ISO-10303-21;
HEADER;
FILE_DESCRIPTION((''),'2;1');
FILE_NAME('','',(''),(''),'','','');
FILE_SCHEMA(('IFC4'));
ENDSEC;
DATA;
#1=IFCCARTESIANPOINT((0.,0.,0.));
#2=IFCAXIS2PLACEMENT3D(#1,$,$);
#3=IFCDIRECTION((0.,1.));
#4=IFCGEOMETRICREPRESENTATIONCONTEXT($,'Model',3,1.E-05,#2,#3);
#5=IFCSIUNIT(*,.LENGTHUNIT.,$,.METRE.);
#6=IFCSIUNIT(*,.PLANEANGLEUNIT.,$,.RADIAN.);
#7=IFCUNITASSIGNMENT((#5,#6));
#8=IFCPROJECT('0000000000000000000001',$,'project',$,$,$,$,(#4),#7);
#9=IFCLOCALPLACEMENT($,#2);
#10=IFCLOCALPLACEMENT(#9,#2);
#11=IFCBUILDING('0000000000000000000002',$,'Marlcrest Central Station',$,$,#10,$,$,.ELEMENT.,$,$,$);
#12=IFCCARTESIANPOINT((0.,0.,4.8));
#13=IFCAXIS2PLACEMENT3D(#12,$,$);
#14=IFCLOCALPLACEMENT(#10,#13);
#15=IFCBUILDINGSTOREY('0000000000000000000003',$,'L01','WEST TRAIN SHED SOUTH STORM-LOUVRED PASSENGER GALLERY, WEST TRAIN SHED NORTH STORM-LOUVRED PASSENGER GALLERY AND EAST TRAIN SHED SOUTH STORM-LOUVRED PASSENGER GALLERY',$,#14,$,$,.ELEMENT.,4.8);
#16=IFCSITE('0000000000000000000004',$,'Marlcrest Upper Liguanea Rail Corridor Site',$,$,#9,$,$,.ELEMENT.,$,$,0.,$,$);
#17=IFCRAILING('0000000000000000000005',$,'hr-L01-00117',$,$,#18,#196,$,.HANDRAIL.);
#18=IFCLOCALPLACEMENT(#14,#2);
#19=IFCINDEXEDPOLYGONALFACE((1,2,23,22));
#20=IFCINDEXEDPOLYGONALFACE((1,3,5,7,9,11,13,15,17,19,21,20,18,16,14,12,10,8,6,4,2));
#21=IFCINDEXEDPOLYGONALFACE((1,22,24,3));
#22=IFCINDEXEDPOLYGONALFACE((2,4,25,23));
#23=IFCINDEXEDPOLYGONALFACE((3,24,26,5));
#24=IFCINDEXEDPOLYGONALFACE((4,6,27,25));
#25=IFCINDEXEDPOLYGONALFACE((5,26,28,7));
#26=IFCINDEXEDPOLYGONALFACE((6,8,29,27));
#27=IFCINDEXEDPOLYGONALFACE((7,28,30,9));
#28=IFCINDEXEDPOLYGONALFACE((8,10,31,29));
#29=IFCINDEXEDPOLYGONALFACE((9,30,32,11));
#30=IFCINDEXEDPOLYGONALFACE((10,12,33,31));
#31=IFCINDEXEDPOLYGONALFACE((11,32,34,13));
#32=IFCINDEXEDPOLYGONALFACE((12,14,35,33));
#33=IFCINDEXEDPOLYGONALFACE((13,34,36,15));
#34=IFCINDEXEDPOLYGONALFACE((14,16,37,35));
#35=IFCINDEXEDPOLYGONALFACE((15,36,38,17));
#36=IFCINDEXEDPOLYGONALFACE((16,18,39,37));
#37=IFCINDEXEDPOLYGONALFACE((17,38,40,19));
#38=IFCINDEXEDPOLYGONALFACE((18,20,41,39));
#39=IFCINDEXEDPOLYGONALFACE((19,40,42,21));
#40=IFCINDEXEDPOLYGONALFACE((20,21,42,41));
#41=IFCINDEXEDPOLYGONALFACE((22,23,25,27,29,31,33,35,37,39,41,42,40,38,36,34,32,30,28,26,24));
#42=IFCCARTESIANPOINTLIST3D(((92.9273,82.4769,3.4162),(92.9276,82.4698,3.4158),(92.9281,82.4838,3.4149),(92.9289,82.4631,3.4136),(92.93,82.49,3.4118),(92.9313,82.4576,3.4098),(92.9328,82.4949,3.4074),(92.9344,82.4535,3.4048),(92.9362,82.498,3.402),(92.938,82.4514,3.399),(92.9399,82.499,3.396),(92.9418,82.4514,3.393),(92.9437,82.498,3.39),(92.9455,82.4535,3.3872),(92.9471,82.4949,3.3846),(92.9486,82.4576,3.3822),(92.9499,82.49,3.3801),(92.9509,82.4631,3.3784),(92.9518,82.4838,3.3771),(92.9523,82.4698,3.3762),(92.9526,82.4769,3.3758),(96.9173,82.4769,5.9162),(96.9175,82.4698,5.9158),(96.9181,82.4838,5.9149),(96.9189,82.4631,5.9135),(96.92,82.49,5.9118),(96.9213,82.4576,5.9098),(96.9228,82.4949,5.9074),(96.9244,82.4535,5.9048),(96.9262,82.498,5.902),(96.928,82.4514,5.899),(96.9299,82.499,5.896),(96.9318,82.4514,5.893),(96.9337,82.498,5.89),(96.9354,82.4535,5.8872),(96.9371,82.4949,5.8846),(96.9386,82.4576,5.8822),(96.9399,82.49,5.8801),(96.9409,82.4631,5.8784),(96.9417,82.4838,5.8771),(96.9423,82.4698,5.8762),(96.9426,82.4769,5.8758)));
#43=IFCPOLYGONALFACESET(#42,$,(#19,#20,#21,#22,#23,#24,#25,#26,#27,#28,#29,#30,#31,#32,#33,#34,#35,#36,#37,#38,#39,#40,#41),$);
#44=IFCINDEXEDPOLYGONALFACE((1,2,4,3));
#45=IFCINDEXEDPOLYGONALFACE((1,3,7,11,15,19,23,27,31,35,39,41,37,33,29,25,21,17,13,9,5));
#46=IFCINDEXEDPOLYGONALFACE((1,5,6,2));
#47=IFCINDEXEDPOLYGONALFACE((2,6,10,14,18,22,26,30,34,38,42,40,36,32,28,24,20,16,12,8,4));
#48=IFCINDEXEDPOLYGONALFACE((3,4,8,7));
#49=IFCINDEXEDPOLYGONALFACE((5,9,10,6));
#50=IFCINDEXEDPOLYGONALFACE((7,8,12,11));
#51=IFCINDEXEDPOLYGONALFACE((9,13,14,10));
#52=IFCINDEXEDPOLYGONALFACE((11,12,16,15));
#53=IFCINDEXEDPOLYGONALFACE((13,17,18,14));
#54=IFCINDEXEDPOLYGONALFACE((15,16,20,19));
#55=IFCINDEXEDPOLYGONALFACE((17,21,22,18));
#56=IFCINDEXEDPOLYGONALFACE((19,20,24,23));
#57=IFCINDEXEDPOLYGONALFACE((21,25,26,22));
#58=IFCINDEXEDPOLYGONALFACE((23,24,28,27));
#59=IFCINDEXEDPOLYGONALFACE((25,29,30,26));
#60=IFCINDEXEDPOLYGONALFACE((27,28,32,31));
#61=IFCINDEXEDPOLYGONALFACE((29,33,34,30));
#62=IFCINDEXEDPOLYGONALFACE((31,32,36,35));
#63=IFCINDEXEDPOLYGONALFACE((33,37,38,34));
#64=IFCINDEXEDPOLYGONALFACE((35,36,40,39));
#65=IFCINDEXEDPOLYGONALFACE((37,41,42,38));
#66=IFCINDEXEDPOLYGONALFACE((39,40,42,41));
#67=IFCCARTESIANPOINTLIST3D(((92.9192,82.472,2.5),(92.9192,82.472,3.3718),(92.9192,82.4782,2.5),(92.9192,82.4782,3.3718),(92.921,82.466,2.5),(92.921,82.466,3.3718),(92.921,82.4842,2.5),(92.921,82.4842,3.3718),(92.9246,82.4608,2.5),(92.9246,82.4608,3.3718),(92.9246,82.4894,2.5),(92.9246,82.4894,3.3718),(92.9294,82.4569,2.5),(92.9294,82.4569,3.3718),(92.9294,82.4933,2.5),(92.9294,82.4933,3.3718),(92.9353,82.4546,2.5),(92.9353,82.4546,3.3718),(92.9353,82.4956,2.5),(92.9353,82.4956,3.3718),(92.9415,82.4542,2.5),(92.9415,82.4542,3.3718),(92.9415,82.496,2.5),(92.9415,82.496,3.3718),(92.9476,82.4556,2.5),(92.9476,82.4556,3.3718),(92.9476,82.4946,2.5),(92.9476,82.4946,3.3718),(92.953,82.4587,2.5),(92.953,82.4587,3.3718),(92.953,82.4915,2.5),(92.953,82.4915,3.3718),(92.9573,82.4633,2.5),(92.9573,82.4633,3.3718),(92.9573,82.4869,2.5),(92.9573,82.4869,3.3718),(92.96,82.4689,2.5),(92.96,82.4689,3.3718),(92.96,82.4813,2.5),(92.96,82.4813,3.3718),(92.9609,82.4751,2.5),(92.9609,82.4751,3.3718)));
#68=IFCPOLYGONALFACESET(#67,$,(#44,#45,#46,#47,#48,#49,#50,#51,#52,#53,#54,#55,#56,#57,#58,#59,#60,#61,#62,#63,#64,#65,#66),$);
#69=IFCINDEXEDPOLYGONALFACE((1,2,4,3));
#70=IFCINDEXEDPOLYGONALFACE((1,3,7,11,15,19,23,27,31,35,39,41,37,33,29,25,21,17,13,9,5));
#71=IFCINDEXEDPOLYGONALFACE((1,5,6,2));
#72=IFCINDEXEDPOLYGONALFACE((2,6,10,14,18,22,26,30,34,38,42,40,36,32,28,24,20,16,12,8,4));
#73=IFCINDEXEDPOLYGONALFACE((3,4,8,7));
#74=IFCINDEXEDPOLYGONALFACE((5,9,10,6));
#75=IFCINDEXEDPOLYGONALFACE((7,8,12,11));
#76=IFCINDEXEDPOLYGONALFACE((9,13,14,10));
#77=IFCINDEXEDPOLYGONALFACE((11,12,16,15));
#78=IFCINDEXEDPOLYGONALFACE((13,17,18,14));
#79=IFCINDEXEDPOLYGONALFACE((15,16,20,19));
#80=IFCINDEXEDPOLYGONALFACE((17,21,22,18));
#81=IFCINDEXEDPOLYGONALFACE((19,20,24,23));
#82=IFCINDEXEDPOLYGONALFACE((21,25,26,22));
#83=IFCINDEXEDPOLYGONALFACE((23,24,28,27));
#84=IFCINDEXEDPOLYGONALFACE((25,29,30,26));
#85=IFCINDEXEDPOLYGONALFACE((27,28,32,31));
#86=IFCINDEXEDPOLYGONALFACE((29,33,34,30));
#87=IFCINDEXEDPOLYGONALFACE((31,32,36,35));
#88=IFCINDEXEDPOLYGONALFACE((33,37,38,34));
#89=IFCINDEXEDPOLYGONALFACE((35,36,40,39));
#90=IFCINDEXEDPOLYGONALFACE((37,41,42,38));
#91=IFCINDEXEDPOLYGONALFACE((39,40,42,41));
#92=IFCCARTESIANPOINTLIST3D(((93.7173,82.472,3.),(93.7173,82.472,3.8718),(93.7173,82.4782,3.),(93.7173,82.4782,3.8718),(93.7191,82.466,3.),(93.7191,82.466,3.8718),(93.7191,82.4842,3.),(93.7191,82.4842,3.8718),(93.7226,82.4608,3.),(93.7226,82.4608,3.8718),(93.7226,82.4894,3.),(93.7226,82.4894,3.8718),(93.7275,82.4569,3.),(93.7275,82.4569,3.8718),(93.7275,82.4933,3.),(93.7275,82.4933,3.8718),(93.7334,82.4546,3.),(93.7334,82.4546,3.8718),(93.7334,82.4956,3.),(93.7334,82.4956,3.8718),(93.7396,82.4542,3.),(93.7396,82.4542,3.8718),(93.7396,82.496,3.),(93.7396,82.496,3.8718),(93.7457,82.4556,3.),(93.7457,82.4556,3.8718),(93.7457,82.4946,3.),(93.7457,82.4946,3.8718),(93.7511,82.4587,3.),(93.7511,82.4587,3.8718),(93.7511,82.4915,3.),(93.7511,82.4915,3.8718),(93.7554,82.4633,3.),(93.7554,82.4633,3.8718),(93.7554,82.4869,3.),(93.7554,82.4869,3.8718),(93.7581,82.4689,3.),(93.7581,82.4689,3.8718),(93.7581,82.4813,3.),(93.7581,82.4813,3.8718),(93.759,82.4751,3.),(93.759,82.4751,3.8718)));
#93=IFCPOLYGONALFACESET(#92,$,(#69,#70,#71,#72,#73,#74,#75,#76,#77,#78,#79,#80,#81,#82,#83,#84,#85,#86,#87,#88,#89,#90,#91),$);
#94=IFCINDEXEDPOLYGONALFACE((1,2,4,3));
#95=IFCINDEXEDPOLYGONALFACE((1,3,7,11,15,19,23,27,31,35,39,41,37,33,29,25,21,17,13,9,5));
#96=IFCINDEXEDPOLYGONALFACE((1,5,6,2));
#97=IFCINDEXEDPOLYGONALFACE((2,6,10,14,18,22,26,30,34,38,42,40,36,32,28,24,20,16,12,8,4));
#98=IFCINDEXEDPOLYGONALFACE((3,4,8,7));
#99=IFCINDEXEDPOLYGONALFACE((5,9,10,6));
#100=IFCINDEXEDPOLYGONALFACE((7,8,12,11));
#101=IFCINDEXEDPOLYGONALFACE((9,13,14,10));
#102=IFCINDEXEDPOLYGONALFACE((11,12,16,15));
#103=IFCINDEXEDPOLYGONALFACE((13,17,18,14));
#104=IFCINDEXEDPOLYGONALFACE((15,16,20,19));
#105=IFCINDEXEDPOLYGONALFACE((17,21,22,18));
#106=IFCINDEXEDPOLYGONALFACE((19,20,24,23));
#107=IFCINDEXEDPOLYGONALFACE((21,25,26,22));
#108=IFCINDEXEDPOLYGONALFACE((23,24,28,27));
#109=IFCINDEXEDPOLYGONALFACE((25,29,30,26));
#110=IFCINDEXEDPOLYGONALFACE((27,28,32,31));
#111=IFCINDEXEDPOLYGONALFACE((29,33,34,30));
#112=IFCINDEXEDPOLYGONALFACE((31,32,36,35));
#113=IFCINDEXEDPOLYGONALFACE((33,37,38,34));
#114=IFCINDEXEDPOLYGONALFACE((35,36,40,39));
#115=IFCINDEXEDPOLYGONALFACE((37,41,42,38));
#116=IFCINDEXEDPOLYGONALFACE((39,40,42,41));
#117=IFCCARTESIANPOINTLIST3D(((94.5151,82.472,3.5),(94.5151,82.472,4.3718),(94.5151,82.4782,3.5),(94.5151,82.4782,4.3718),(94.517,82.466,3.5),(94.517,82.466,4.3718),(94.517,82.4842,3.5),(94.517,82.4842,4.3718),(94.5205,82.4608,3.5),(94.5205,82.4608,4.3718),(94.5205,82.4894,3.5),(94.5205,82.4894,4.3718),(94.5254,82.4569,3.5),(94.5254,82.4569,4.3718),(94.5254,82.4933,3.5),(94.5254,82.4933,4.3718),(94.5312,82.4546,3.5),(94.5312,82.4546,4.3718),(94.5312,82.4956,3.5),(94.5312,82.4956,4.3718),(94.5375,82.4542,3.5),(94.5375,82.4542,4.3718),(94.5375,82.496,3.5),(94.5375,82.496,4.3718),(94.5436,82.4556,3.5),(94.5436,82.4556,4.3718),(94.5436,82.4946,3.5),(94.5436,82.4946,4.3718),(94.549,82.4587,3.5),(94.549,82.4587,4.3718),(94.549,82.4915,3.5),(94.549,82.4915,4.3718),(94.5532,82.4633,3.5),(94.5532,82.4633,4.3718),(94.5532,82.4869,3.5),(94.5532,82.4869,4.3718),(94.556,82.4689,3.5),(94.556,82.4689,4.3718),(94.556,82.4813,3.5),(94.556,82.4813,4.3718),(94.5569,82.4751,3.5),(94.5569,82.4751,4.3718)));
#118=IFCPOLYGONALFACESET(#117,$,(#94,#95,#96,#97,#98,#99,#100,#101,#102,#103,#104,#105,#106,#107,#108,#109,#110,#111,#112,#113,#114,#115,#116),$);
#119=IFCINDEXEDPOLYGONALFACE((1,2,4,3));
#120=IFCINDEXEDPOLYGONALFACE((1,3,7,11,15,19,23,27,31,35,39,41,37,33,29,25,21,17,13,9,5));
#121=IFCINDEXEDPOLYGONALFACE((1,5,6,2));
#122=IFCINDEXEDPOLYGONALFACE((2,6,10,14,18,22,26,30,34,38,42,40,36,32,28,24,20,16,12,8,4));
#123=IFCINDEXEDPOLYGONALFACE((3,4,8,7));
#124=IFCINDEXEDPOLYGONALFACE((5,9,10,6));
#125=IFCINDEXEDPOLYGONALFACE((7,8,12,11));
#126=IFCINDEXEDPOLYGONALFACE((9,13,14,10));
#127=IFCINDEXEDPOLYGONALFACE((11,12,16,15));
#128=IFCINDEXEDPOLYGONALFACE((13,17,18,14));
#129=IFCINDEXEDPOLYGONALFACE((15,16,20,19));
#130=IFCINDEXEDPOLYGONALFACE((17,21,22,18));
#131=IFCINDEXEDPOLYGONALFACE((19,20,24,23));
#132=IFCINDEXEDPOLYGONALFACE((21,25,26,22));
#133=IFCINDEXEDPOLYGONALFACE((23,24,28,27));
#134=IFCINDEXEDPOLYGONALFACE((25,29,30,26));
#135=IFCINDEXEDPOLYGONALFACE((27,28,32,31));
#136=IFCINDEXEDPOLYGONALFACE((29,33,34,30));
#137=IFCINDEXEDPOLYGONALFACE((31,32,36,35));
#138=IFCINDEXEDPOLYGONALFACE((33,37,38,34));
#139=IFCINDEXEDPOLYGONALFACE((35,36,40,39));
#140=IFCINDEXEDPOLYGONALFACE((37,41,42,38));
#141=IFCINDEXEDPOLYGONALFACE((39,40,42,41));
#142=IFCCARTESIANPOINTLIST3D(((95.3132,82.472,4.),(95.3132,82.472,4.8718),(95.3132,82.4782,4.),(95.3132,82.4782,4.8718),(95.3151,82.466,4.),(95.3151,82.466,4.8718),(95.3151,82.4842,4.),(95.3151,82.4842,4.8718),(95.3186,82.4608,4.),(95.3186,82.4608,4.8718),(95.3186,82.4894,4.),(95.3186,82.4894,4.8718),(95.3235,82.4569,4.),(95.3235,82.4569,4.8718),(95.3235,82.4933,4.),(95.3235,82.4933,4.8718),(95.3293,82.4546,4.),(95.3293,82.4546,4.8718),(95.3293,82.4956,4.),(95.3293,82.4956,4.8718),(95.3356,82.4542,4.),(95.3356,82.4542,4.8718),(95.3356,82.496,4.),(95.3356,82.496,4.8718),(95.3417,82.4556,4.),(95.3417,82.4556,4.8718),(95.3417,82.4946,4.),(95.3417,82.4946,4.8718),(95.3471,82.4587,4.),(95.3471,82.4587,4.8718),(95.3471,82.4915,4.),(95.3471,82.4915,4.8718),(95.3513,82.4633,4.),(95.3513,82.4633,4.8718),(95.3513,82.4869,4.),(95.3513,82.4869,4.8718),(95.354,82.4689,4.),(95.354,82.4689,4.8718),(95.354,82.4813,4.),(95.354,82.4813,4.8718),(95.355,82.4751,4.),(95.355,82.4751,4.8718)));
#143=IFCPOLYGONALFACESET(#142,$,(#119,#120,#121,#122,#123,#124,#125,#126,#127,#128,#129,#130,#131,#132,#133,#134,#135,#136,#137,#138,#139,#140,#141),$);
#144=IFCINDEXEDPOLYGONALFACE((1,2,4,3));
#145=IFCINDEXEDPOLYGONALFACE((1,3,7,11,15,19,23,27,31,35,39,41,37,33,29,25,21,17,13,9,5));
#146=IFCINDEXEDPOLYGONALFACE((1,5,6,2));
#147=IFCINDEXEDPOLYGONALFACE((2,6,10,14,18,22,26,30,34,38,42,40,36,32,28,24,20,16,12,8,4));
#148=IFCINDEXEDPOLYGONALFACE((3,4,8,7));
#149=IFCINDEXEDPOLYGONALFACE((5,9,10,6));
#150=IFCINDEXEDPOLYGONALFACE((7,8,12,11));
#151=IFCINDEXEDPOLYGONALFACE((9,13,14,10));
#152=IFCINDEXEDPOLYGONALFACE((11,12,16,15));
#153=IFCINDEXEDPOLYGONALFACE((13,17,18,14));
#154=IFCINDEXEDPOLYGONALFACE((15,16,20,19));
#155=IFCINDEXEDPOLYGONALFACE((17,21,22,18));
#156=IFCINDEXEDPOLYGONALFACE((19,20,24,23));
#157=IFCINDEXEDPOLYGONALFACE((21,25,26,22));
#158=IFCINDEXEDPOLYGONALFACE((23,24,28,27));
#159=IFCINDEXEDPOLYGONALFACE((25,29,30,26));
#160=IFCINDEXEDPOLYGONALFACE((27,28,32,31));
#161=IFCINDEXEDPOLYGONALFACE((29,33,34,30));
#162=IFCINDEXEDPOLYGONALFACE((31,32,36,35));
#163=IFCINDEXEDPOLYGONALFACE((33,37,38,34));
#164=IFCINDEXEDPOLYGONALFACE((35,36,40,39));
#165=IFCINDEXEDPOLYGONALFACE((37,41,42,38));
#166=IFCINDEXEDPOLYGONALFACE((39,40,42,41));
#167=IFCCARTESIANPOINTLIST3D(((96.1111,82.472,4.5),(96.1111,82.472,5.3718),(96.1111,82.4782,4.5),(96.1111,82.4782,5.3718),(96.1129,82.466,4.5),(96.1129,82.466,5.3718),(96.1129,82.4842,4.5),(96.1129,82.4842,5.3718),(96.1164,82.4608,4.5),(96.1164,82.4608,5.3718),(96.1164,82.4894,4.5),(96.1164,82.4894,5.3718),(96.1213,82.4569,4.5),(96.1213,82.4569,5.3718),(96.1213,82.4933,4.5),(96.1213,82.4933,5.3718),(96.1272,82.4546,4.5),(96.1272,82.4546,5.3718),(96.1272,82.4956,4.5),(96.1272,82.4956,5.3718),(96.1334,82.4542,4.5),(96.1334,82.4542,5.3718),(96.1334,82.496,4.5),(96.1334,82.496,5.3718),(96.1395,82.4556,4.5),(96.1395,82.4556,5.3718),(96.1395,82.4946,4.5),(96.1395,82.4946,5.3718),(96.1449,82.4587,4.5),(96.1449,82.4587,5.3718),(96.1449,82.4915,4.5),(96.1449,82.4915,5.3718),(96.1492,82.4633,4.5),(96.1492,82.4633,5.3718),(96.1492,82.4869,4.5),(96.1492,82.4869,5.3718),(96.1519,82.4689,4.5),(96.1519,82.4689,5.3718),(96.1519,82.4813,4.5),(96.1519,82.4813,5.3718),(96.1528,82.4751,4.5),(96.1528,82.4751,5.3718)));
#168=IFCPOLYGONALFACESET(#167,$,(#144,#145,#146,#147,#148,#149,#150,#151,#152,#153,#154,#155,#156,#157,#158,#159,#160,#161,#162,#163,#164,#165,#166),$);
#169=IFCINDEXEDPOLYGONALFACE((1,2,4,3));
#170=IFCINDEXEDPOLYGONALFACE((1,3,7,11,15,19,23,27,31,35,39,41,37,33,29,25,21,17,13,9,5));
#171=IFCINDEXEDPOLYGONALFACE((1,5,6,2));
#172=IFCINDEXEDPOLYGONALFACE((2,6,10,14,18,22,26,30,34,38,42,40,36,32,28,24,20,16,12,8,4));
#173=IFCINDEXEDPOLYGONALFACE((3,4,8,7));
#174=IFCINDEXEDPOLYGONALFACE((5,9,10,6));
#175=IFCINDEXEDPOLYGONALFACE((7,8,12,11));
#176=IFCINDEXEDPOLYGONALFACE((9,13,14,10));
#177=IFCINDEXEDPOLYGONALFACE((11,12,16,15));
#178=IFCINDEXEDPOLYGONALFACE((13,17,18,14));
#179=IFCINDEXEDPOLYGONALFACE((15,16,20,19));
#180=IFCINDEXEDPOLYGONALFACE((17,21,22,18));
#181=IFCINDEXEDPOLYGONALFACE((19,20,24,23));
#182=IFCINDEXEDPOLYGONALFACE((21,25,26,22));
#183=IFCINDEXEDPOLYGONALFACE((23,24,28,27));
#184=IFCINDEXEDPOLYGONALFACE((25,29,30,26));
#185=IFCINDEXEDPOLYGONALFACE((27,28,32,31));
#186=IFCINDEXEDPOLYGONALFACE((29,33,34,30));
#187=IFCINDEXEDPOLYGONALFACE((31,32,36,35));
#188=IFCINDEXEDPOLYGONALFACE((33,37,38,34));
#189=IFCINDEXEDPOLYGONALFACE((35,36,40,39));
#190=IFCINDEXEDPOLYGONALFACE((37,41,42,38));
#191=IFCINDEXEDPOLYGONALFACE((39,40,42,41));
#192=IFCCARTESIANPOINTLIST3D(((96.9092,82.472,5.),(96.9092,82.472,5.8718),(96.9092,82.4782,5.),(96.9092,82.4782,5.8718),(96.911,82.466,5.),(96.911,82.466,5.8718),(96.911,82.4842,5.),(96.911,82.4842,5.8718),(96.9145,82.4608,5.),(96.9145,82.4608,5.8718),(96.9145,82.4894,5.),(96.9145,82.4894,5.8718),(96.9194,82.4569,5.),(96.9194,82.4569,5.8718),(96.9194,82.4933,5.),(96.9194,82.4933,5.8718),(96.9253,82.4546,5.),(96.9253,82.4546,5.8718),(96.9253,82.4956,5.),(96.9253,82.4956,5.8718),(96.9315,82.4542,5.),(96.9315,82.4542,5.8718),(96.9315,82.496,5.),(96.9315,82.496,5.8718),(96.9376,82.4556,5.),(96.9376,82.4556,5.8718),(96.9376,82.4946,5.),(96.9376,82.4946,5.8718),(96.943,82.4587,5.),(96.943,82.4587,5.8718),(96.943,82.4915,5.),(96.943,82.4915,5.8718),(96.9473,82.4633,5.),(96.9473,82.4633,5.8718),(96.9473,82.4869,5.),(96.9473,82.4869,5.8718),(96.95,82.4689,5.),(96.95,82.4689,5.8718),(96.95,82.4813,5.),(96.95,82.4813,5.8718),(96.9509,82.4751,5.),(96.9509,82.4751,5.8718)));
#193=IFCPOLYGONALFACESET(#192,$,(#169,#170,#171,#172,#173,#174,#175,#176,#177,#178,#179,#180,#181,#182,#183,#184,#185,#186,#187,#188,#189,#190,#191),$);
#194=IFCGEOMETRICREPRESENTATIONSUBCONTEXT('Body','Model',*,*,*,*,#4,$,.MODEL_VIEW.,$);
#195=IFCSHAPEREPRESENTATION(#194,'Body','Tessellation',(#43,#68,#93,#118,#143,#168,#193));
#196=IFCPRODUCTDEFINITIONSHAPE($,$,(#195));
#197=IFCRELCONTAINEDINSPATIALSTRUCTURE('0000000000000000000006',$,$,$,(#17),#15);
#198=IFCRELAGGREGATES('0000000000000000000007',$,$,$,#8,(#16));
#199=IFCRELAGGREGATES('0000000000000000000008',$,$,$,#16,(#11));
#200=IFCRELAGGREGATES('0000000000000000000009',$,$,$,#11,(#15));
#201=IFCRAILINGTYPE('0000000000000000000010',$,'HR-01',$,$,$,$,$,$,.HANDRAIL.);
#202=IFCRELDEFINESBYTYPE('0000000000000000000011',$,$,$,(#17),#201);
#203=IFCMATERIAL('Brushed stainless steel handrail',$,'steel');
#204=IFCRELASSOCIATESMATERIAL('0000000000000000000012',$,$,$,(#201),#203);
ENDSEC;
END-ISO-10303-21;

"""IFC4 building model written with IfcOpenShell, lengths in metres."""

from ifc_helpers import new_model, si_unit, direction, frame, origin, origin_2d, place, context, subcontext, project, spatial, circle, extrude, material, type_object, element, save


model = new_model("IFC4")

# Units and contexts
model_context = context("Model", 3, precision=1e-05, world=origin(), true_north=direction((0.0, 1.0)))
body_context = subcontext(model_context, "Body", "Model", "MODEL_VIEW")
ifc_project = project(units=[si_unit("LENGTHUNIT", "METRE"), si_unit("PLANEANGLEUNIT", "RADIAN")], contexts=[model_context])

# Site, building, storey
site_placement = place(None, origin())
site = spatial("IfcSite", under=ifc_project, at=site_placement, Name="Marlcrest Upper Liguanea Rail Corridor Site", CompositionType="ELEMENT", RefElevation=0.0)
building_placement = place(site_placement, origin())
building = spatial("IfcBuilding", under=site, at=building_placement, Name="Marlcrest Central Station", CompositionType="ELEMENT")
storey_placement = place(building_placement, frame((0.0, 0.0, 4.8)))
storey = spatial("IfcBuildingStorey", under=building, at=storey_placement, Name="L01", Description="WEST TRAIN SHED SOUTH STORM-LOUVRED PASSENGER GALLERY, WEST TRAIN SHED NORTH STORM-LOUVRED PASSENGER GALLERY AND EAST TRAIN SHED SOUTH STORM-LOUVRED PASSENGER GALLERY", CompositionType="ELEMENT", Elevation=4.8)

# Railing
ifc_material_1 = material(Name="Brushed stainless steel handrail", Category="steel")
railing_type_1 = type_object("IfcRailingType", Name="HR-01", PredefinedType="HANDRAIL", material=ifc_material_1)
for number, where, name in (
    (1, (92.9399, 82.4751, 2.5), "hr-L01-00117"),
):
    element("IfcRailing", number, at=place(storey_placement, frame(where)), inside=storey, type_object=railing_type_1, Name=name, PredefinedType="HANDRAIL", context=body_context, shape_type="SweptSolid", body=[
        extrude(circle(Radius=0.0239, at=origin_2d()), frame((0.0, 0.0, 0.896), z_axis=(0.847401, 0.0, 0.530954), x_axis=(0.0, 1.0, 0.0)), (0.0, 0.0, 1.0), 4.7085),
        extrude(circle(Radius=0.021, at=origin_2d()), origin(), (0.0, 0.0, 1.0), 0.8718),
        extrude(circle(Radius=0.021, at=origin_2d()), frame((0.7981, 0.0, 0.5)), (0.0, 0.0, 1.0), 0.8718),
        extrude(circle(Radius=0.021, at=origin_2d()), frame((1.5959, 0.0, 1.0)), (0.0, 0.0, 1.0), 0.8718),
        extrude(circle(Radius=0.021, at=origin_2d()), frame((2.394, 0.0, 1.5)), (0.0, 0.0, 1.0), 0.8718),
        extrude(circle(Radius=0.021, at=origin_2d()), frame((3.1919, 0.0, 2.0)), (0.0, 0.0, 1.0), 0.8718),
        extrude(circle(Radius=0.021, at=origin_2d()), frame((3.99, 0.0, 2.5)), (0.0, 0.0, 1.0), 0.8718),
    ])

save(model, "model.ifc")
